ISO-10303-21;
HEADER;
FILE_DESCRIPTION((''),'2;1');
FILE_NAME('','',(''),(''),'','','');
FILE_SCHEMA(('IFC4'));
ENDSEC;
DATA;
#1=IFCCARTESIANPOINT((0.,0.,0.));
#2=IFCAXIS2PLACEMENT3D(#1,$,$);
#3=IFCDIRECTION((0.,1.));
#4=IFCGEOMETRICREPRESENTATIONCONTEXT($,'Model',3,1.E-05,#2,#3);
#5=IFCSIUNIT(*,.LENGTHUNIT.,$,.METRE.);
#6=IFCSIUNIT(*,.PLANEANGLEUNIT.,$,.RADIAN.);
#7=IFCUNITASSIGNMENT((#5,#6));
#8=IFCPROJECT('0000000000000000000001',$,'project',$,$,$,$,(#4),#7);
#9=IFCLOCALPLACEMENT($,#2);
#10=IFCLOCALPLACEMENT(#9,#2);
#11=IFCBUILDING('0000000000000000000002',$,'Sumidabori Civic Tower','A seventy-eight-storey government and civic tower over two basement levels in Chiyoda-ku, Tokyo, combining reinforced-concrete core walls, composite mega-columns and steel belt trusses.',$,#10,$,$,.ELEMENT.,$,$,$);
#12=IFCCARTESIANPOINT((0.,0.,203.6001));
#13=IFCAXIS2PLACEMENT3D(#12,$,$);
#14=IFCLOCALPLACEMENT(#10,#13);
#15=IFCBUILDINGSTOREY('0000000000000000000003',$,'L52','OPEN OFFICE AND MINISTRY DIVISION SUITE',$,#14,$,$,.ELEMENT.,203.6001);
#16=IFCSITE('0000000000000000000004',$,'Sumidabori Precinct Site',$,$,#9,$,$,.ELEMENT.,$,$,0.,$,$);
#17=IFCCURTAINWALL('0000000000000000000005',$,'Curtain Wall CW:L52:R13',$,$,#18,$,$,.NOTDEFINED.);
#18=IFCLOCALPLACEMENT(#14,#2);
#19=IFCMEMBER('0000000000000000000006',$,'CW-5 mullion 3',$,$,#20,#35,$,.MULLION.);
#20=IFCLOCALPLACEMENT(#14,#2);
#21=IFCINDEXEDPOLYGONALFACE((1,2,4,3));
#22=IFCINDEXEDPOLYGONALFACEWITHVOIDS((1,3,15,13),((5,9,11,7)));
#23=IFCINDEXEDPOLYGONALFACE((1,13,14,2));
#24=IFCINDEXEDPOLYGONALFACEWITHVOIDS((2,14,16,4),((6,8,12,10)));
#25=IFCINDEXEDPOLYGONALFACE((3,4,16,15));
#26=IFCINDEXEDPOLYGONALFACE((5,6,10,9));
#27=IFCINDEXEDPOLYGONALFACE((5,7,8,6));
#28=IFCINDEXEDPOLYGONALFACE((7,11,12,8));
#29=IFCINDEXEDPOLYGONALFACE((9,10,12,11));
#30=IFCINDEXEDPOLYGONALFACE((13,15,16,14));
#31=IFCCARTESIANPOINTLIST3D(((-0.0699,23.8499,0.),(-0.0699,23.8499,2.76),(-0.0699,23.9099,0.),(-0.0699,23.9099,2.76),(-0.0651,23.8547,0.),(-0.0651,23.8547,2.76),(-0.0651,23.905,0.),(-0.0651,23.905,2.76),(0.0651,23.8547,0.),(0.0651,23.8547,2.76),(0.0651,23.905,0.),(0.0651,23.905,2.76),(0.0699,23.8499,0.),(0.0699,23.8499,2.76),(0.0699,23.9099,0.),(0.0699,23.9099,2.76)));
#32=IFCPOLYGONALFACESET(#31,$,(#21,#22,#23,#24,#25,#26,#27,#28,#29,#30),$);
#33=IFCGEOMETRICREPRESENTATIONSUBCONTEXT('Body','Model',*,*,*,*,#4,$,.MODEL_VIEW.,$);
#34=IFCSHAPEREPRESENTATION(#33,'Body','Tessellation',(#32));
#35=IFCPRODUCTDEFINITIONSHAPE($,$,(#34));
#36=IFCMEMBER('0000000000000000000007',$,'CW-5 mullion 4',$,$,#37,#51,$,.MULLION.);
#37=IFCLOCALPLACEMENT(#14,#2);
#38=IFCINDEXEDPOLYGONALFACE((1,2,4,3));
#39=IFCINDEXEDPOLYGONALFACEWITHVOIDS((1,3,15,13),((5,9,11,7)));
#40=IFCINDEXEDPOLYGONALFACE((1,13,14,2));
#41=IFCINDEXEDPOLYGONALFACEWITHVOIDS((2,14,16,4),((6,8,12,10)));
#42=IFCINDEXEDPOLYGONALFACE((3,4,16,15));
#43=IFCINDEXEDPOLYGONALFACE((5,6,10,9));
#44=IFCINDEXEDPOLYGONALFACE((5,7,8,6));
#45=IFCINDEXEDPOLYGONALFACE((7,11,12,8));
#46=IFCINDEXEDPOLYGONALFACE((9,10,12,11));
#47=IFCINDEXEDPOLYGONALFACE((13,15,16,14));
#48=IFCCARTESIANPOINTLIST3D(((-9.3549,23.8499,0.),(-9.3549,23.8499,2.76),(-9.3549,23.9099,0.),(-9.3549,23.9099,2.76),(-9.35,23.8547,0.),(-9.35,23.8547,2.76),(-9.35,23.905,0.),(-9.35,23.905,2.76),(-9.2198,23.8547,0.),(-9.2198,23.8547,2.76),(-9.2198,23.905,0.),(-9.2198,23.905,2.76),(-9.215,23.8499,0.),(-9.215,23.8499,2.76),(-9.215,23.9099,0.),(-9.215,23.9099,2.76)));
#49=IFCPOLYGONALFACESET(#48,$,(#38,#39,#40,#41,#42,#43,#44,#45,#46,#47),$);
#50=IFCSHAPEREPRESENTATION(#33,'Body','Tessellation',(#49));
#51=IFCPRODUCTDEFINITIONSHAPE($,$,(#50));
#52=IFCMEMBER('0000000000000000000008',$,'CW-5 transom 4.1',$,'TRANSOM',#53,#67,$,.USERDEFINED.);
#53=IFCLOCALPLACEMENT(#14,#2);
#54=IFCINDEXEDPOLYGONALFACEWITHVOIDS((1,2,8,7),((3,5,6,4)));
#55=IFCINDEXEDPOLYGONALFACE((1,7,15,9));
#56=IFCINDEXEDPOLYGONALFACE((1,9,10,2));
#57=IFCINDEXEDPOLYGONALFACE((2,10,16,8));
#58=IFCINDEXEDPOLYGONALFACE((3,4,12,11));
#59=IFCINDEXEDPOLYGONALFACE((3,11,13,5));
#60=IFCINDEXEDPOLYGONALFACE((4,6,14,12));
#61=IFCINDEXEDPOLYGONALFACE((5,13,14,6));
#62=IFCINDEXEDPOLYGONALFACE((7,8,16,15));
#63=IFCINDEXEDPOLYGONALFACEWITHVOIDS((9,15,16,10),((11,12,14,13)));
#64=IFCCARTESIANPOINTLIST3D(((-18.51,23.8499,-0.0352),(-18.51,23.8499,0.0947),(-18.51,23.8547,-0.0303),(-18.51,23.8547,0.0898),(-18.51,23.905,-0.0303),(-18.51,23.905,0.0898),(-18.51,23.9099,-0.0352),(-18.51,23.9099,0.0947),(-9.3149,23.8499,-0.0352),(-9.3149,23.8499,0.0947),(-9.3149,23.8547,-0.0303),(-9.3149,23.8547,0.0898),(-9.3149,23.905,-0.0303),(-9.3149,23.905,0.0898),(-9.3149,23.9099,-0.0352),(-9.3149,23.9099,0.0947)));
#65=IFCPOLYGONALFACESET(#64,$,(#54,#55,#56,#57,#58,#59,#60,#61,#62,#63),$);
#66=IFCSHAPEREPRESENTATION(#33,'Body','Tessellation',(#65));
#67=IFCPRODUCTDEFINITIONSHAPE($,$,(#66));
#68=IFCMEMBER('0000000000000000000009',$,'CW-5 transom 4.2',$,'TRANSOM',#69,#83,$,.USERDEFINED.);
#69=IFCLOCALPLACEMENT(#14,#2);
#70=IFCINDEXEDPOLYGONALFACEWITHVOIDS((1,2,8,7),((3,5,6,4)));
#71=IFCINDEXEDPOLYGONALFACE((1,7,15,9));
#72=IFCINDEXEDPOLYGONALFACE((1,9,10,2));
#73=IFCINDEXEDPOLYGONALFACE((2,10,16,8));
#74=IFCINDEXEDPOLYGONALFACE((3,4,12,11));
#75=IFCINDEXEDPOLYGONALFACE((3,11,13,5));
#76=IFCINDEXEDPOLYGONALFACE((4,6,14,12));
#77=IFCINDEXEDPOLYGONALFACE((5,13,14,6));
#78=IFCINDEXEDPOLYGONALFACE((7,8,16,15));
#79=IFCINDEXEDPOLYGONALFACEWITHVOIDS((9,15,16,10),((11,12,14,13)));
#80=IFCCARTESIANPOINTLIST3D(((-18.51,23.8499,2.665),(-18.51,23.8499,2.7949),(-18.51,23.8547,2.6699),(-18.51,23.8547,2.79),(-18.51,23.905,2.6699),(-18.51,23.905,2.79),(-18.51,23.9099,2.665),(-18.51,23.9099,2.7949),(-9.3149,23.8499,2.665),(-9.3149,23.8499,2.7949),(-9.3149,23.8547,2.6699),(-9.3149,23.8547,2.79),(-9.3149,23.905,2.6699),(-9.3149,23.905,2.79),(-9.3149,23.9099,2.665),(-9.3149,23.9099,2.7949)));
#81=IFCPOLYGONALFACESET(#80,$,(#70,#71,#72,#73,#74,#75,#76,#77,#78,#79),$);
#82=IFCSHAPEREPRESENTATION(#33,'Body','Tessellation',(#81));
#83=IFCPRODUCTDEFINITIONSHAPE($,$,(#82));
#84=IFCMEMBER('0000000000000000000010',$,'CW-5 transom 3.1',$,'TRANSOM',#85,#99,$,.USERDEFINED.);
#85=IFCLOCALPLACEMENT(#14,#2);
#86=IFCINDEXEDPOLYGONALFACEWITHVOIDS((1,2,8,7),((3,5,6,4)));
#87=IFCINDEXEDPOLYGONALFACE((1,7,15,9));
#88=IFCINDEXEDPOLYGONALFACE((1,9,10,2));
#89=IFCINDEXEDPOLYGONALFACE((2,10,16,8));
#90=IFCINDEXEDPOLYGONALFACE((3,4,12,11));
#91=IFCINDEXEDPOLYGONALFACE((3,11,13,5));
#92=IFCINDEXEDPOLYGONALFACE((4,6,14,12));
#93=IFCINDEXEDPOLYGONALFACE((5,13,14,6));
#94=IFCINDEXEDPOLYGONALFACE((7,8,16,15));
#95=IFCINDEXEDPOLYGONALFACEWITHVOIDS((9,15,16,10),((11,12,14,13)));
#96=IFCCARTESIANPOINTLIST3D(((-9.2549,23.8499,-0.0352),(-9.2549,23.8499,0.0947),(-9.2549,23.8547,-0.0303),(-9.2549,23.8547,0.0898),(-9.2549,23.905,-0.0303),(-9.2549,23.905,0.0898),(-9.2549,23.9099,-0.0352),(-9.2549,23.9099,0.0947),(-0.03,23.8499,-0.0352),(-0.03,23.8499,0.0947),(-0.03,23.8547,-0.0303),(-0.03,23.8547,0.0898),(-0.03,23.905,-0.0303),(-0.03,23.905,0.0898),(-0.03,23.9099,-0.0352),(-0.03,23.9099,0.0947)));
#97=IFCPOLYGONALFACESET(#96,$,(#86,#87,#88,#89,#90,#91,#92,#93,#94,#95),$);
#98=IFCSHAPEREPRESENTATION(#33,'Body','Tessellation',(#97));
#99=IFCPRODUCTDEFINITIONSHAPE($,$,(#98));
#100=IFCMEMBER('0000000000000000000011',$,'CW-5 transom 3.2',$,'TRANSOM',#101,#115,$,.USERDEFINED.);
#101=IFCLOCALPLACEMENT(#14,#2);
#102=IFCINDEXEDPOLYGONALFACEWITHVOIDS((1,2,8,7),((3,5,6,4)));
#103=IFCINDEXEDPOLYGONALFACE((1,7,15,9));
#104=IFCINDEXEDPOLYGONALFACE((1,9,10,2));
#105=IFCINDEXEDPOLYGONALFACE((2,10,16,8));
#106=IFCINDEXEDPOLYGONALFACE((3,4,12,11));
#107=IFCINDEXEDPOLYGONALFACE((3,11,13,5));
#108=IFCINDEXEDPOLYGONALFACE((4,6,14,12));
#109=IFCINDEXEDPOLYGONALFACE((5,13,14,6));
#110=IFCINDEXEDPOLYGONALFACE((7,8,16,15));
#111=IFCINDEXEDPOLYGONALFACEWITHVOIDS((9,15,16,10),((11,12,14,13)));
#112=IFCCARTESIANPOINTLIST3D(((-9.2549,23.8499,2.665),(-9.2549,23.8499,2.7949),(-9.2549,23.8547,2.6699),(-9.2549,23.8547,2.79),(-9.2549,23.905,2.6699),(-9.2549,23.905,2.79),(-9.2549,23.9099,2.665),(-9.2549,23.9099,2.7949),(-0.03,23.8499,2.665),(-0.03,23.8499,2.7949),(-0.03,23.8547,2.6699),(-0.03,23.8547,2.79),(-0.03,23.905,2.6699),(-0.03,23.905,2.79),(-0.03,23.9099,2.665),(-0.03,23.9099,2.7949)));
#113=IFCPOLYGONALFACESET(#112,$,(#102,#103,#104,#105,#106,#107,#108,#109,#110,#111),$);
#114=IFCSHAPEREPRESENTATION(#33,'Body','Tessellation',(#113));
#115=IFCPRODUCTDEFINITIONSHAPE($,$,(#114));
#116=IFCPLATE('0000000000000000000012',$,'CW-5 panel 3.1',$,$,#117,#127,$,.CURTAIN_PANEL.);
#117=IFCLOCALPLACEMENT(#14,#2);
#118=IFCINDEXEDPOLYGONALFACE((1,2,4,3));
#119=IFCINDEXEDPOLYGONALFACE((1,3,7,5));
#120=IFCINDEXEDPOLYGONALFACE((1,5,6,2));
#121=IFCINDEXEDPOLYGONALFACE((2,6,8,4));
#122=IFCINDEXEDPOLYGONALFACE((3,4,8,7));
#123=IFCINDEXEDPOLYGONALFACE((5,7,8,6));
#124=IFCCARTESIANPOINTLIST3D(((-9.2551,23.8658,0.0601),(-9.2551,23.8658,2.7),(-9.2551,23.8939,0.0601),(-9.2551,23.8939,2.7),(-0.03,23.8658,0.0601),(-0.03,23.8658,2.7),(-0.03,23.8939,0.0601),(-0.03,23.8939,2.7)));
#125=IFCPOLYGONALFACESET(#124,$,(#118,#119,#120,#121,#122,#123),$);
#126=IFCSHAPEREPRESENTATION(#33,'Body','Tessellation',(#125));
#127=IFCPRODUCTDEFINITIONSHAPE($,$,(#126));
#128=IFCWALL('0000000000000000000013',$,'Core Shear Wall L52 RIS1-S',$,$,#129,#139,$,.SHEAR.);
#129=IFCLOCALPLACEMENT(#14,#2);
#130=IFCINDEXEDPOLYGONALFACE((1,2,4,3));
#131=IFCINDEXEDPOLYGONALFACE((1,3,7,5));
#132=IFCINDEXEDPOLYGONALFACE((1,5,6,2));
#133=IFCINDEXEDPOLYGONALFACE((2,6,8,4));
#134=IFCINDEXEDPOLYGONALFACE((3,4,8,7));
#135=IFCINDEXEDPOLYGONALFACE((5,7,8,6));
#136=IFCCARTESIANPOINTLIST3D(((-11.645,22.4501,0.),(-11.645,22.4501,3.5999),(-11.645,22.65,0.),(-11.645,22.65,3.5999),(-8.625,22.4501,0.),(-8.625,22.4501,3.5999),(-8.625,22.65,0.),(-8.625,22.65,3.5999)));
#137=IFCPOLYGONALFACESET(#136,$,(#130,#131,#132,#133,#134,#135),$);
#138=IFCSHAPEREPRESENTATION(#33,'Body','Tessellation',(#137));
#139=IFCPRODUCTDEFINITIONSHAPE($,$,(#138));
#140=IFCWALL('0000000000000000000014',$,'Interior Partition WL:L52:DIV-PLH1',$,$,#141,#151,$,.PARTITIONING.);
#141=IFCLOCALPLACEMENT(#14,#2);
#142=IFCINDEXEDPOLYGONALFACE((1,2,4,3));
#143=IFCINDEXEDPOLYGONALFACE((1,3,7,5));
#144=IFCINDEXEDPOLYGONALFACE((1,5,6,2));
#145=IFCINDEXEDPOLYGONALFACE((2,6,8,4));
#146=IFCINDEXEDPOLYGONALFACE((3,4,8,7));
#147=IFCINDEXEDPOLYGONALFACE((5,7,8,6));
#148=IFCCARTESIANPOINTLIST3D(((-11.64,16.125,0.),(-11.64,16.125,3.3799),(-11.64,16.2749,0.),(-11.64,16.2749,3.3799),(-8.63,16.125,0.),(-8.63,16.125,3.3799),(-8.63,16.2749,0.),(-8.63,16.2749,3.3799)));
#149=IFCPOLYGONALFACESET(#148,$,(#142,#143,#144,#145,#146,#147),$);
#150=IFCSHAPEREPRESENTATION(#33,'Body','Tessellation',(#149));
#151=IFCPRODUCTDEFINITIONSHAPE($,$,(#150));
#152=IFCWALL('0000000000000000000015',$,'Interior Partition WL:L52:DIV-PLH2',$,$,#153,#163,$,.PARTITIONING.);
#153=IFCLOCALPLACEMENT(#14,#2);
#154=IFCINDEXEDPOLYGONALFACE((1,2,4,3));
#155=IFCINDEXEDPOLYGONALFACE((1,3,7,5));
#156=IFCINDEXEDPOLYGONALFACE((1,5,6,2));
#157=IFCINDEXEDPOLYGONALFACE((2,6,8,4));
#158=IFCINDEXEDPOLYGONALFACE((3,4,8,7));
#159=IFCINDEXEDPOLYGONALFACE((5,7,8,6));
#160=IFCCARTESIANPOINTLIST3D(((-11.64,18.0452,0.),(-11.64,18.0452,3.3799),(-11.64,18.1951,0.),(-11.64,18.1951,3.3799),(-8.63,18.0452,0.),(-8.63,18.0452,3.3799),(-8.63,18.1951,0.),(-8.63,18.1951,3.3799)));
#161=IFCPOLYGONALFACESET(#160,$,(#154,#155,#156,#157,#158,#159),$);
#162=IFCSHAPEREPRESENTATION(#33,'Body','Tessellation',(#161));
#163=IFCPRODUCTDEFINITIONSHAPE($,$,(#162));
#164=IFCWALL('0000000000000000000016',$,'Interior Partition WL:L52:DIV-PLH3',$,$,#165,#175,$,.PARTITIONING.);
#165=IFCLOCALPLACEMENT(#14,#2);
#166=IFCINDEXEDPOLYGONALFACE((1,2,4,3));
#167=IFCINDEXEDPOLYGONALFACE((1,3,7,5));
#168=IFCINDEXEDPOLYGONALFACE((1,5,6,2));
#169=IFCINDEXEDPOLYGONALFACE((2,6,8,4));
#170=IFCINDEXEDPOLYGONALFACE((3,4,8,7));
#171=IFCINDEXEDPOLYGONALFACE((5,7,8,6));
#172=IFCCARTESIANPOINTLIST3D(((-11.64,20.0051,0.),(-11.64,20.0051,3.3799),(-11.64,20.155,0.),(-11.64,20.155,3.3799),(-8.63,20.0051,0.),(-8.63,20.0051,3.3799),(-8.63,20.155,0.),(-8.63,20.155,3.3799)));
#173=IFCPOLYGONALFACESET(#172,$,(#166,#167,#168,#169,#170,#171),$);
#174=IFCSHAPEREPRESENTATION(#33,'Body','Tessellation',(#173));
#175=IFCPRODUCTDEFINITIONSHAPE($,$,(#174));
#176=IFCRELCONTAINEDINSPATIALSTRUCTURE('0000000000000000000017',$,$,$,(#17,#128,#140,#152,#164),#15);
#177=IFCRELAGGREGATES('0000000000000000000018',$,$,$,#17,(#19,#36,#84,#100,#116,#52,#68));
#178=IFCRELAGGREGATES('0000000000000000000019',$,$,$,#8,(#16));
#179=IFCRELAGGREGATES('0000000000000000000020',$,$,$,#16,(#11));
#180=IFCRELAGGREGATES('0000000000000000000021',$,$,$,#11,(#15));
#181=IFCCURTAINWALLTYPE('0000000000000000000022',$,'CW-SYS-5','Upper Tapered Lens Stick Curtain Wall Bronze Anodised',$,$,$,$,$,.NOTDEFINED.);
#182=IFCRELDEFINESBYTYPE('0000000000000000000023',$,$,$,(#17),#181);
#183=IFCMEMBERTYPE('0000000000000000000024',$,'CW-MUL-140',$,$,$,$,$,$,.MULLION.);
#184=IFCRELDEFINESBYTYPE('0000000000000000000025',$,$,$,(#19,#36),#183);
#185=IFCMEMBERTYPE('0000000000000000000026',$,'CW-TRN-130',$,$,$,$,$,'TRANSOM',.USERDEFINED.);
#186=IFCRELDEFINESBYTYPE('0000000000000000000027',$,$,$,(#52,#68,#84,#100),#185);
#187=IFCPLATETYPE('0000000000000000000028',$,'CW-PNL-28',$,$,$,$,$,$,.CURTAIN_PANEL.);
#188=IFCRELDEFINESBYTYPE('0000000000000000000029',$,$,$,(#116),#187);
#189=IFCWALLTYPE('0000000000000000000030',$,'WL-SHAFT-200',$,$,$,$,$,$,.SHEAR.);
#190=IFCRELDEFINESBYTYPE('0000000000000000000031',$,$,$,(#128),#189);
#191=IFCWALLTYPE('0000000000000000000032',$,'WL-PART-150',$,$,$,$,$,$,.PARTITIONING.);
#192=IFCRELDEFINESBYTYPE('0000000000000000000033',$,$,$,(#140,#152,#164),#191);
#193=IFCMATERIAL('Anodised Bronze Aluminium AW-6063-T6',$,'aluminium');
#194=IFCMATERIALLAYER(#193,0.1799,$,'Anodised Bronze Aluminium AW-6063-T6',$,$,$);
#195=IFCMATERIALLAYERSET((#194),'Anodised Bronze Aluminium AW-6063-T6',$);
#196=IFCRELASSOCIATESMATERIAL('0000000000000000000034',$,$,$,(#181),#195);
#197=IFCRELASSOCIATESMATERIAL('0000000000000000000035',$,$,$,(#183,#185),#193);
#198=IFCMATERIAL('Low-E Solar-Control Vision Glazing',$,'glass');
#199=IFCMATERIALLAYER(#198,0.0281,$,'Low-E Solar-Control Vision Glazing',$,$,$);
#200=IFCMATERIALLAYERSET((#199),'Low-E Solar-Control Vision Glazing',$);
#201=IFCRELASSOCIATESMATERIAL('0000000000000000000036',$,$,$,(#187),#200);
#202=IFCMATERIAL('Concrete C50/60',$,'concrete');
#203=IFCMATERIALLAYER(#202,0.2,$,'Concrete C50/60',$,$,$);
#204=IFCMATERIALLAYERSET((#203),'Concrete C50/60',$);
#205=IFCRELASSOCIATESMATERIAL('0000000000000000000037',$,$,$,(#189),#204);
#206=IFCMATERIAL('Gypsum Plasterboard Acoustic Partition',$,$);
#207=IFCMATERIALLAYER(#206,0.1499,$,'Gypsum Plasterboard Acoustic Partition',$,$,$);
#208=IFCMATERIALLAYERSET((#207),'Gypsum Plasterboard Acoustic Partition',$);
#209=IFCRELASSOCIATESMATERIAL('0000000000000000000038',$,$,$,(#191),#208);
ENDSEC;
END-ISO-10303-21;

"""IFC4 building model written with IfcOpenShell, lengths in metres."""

from ifc_helpers import new_model, si_unit, direction, frame, frame_2d, origin, origin_2d, place, context, subcontext, project, spatial, rectangle, hollow_rectangle, extrude, source, transform, mapped, material, layer, layer_set, material_profile, profile_set, type_object, element, aggregate, save


model = new_model("IFC4")

# Units and contexts
model_context = context("Model", 3, precision=1e-05, world=origin(), true_north=direction((0.0, 1.0)))
body_context = subcontext(model_context, "Body", "Model", "MODEL_VIEW")
ifc_project = project(units=[si_unit("LENGTHUNIT", "METRE"), si_unit("PLANEANGLEUNIT", "RADIAN")], contexts=[model_context])

# Site, building, storey
site_placement = place(None, origin())
site = spatial("IfcSite", under=ifc_project, at=site_placement, Name="Sumidabori Precinct Site", CompositionType="ELEMENT", RefElevation=0.0)
building_placement = place(site_placement, origin())
building = spatial("IfcBuilding", under=site, at=building_placement, Name="Sumidabori Civic Tower", Description="A seventy-eight-storey government and civic tower over two basement levels in Chiyoda-ku, Tokyo, combining reinforced-concrete core walls, composite mega-columns and steel belt trusses.", CompositionType="ELEMENT")
storey_placement = place(building_placement, frame((0.0, 0.0, 203.6001)))
storey = spatial("IfcBuildingStorey", under=building, at=storey_placement, Name="L52", Description="OPEN OFFICE AND MINISTRY DIVISION SUITE", CompositionType="ELEMENT", Elevation=203.6001)

# Curtain wall, members, plate
ifc_material_1 = material(Name="Anodised Bronze Aluminium AW-6063-T6", Category="aluminium")
ifc_layer_1 = layer(ifc_material_1, 0.1799, Name="Anodised Bronze Aluminium AW-6063-T6")
ifc_layer_set_1 = layer_set([ifc_layer_1], Name="Anodised Bronze Aluminium AW-6063-T6")
curtain_wall_type = type_object("IfcCurtainWallType", Name="CW-SYS-5", Description="Upper Tapered Lens Stick Curtain Wall Bronze Anodised", PredefinedType="NOTDEFINED", material=ifc_layer_set_1)
curtain_wall_placement = place(storey_placement, origin())
curtain_wall = element("IfcCurtainWall", 1, at=curtain_wall_placement, inside=storey, type_object=curtain_wall_type, Name="Curtain Wall CW:L52:R13", PredefinedType="NOTDEFINED")
ifc_material_profile_1 = material_profile(ifc_material_1, hollow_rectangle(XDim=0.0601, YDim=0.1399, WallThickness=0.0049, at=origin_2d()), Name="ALU MULLION 140x60")
ifc_profile_set_1 = profile_set([ifc_material_profile_1], Name="Anodised Bronze Aluminium AW-6063-T6")
member_type_1 = type_object("IfcMemberType", Name="CW-MUL-140", PredefinedType="MULLION", material=ifc_profile_set_1)
shared_shape_1 = source(origin(), body_context, "Body", "SweptSolid", [
    extrude(hollow_rectangle(XDim=0.0601, YDim=0.1399, WallThickness=0.0049, at=origin_2d()), origin(), (0.0, 0.0, 1.0), 2.76),
])
member_1_placement = place(storey_placement, frame((0.0, 23.8799, 0.0), z_axis=(0.0, 0.0, 1.0), x_axis=(0.0, -1.0, 0.0)))
member_1 = element("IfcMember", 2, at=member_1_placement, type_object=member_type_1, Name="CW-5 mullion 3", PredefinedType="MULLION", context=body_context, shape_type="MappedRepresentation", body=[
    mapped(shared_shape_1, transform((0.0, 0.0, 0.0), x_axis=(1.0, 0.0, 0.0), y_axis=(0.0, 1.0, 0.0), z_axis=(0.0, 0.0, 1.0), scale=1.0)),
])
member_2_placement = place(storey_placement, frame((-9.2849, 23.8799, 0.0), z_axis=(0.0, 0.0, 1.0), x_axis=(0.0, -1.0, 0.0)))
member_2 = element("IfcMember", 3, at=member_2_placement, type_object=member_type_1, Name="CW-5 mullion 4", PredefinedType="MULLION", context=body_context, shape_type="MappedRepresentation", body=[
    mapped(shared_shape_1, transform((0.0, 0.0, 0.0), x_axis=(1.0, 0.0, 0.0), y_axis=(0.0, 1.0, 0.0), z_axis=(0.0, 0.0, 1.0), scale=1.0)),
])
ifc_material_profile_2 = material_profile(ifc_material_1, hollow_rectangle(XDim=0.0601, YDim=0.1299, WallThickness=0.0049, at=origin_2d()), Name="ALU TRANSOM 130x60")
ifc_profile_set_2 = profile_set([ifc_material_profile_2], Name="Anodised Bronze Aluminium AW-6063-T6")
member_type_2 = type_object("IfcMemberType", Name="CW-TRN-130", ElementType="TRANSOM", PredefinedType="USERDEFINED", material=ifc_profile_set_2)
shared_shape_2 = source(origin(), body_context, "Body", "SweptSolid", [
    extrude(hollow_rectangle(XDim=0.0601, YDim=0.1299, WallThickness=0.0049, at=origin_2d()), origin(), (0.0, 0.0, 1.0), 9.1951),
])
member_3_placement = place(storey_placement, frame((-9.3149, 23.8799, 0.0298), z_axis=(-1.0, 0.0, 0.0), x_axis=(0.0, -1.0, 0.0)))
member_3 = element("IfcMember", 4, at=member_3_placement, type_object=member_type_2, Name="CW-5 transom 4.1", ObjectType="TRANSOM", PredefinedType="USERDEFINED", context=body_context, shape_type="MappedRepresentation", body=[
    mapped(shared_shape_2, transform((0.0, 0.0, 0.0), x_axis=(1.0, 0.0, 0.0), y_axis=(0.0, 1.0, 0.0), z_axis=(0.0, 0.0, 1.0), scale=1.0)),
])
member_4_placement = place(storey_placement, frame((-9.3149, 23.8799, 2.73), z_axis=(-1.0, 0.0, 0.0), x_axis=(0.0, -1.0, 0.0)))
member_4 = element("IfcMember", 5, at=member_4_placement, type_object=member_type_2, Name="CW-5 transom 4.2", ObjectType="TRANSOM", PredefinedType="USERDEFINED", context=body_context, shape_type="MappedRepresentation", body=[
    mapped(shared_shape_2, transform((0.0, 0.0, 0.0), x_axis=(1.0, 0.0, 0.0), y_axis=(0.0, 1.0, 0.0), z_axis=(0.0, 0.0, 1.0), scale=1.0)),
])
shared_shape_3 = source(origin(), body_context, "Body", "SweptSolid", [
    extrude(hollow_rectangle(XDim=0.0601, YDim=0.1299, WallThickness=0.0049, at=origin_2d()), origin(), (0.0, 0.0, 1.0), 9.2249),
])
member_5_placement = place(storey_placement, frame((-0.03, 23.8799, 0.0298), z_axis=(-1.0, 0.0, 0.0), x_axis=(0.0, -1.0, 0.0)))
member_5 = element("IfcMember", 6, at=member_5_placement, type_object=member_type_2, Name="CW-5 transom 3.1", ObjectType="TRANSOM", PredefinedType="USERDEFINED", context=body_context, shape_type="MappedRepresentation", body=[
    mapped(shared_shape_3, transform((0.0, 0.0, 0.0), x_axis=(1.0, 0.0, 0.0), y_axis=(0.0, 1.0, 0.0), z_axis=(0.0, 0.0, 1.0), scale=1.0)),
])
member_6_placement = place(storey_placement, frame((-0.03, 23.8799, 2.73), z_axis=(-1.0, 0.0, 0.0), x_axis=(0.0, -1.0, 0.0)))
member_6 = element("IfcMember", 7, at=member_6_placement, type_object=member_type_2, Name="CW-5 transom 3.2", ObjectType="TRANSOM", PredefinedType="USERDEFINED", context=body_context, shape_type="MappedRepresentation", body=[
    mapped(shared_shape_3, transform((0.0, 0.0, 0.0), x_axis=(1.0, 0.0, 0.0), y_axis=(0.0, 1.0, 0.0), z_axis=(0.0, 0.0, 1.0), scale=1.0)),
])
ifc_material_2 = material(Name="Low-E Solar-Control Vision Glazing", Category="glass")
ifc_layer_2 = layer(ifc_material_2, 0.0281, Name="Low-E Solar-Control Vision Glazing")
ifc_layer_set_2 = layer_set([ifc_layer_2], Name="Low-E Solar-Control Vision Glazing")
plate_type = type_object("IfcPlateType", Name="CW-PNL-28", PredefinedType="CURTAIN_PANEL", material=ifc_layer_set_2)
shared_shape_4 = source(origin(), body_context, "Body", "SweptSolid", [
    extrude(rectangle(XDim=9.2251, YDim=0.0281, at=origin_2d()), origin(), (0.0, 0.0, 1.0), 2.6399),
])
plate_placement = place(storey_placement, frame((-4.6426, 23.8799, 0.0601), z_axis=(0.0, 0.0, 1.0), x_axis=(-1.0, 0.0, 0.0)))
plate = element("IfcPlate", 8, at=plate_placement, type_object=plate_type, Name="CW-5 panel 3.1", PredefinedType="CURTAIN_PANEL", context=body_context, shape_type="MappedRepresentation", body=[
    mapped(shared_shape_4, transform((0.0, 0.0, 0.0), x_axis=(1.0, 0.0, 0.0), y_axis=(0.0, 1.0, 0.0), z_axis=(0.0, 0.0, 1.0), scale=1.0)),
])
aggregate(curtain_wall, [member_1, member_2, member_5, member_6, plate, member_3, member_4])

# Walls
ifc_material_3 = material(Name="Concrete C50/60", Category="concrete")
ifc_layer_3 = layer(ifc_material_3, 0.2, Name="Concrete C50/60")
ifc_layer_set_3 = layer_set([ifc_layer_3], Name="Concrete C50/60")
wall_type_1 = type_object("IfcWallType", Name="WL-SHAFT-200", PredefinedType="SHEAR", material=ifc_layer_set_3)
shared_shape_5 = source(origin(), body_context, "Body", "SweptSolid", [
    extrude(rectangle(XDim=3.02, YDim=0.2, at=frame_2d((1.51, 0.0))), origin(), (0.0, 0.0, 1.0), 3.5999),
])
wall_1_placement = place(storey_placement, frame((-11.645, 22.55, 0.0), z_axis=(0.0, 0.0, 1.0), x_axis=(1.0, 0.0, 0.0)))
element("IfcWall", 9, at=wall_1_placement, inside=storey, type_object=wall_type_1, Name="Core Shear Wall L52 RIS1-S", PredefinedType="SHEAR", context=body_context, shape_type="MappedRepresentation", body=[
    mapped(shared_shape_5, transform((0.0, 0.0, 0.0), x_axis=(1.0, 0.0, 0.0), y_axis=(0.0, 1.0, 0.0), z_axis=(0.0, 0.0, 1.0), scale=1.0)),
])
ifc_material_4 = material(Name="Gypsum Plasterboard Acoustic Partition")
ifc_layer_4 = layer(ifc_material_4, 0.1499, Name="Gypsum Plasterboard Acoustic Partition")
ifc_layer_set_4 = layer_set([ifc_layer_4], Name="Gypsum Plasterboard Acoustic Partition")
wall_type_2 = type_object("IfcWallType", Name="WL-PART-150", PredefinedType="PARTITIONING", material=ifc_layer_set_4)
shared_shape_6 = source(origin(), body_context, "Body", "SweptSolid", [
    extrude(rectangle(XDim=3.01, YDim=0.1499, at=frame_2d((1.5049, 0.0))), origin(), (0.0, 0.0, 1.0), 3.3799),
])
for number, where, z_axis, x_axis, name in (
    (10, (-11.6399, 16.2, 0.0), (0.0, 0.0, 1.0), (1.0, 0.0, 0.0), "Interior Partition WL:L52:DIV-PLH1"),
    (11, (-11.6399, 18.1201, 0.0), (0.0, 0.0, 1.0), (1.0, 0.0, 0.0), "Interior Partition WL:L52:DIV-PLH2"),
    (12, (-11.6399, 20.0801, 0.0), (0.0, 0.0, 1.0), (1.0, 0.0, 0.0), "Interior Partition WL:L52:DIV-PLH3"),
):
    element("IfcWall", number, at=place(storey_placement, frame(where, z_axis=z_axis, x_axis=x_axis)), inside=storey, type_object=wall_type_2, Name=name, PredefinedType="PARTITIONING", context=body_context, shape_type="MappedRepresentation", body=[
        mapped(shared_shape_6, transform((0.0, 0.0, 0.0), x_axis=(1.0, 0.0, 0.0), y_axis=(0.0, 1.0, 0.0), z_axis=(0.0, 0.0, 1.0), scale=1.0)),
    ])

save(model, "model.ifc")
